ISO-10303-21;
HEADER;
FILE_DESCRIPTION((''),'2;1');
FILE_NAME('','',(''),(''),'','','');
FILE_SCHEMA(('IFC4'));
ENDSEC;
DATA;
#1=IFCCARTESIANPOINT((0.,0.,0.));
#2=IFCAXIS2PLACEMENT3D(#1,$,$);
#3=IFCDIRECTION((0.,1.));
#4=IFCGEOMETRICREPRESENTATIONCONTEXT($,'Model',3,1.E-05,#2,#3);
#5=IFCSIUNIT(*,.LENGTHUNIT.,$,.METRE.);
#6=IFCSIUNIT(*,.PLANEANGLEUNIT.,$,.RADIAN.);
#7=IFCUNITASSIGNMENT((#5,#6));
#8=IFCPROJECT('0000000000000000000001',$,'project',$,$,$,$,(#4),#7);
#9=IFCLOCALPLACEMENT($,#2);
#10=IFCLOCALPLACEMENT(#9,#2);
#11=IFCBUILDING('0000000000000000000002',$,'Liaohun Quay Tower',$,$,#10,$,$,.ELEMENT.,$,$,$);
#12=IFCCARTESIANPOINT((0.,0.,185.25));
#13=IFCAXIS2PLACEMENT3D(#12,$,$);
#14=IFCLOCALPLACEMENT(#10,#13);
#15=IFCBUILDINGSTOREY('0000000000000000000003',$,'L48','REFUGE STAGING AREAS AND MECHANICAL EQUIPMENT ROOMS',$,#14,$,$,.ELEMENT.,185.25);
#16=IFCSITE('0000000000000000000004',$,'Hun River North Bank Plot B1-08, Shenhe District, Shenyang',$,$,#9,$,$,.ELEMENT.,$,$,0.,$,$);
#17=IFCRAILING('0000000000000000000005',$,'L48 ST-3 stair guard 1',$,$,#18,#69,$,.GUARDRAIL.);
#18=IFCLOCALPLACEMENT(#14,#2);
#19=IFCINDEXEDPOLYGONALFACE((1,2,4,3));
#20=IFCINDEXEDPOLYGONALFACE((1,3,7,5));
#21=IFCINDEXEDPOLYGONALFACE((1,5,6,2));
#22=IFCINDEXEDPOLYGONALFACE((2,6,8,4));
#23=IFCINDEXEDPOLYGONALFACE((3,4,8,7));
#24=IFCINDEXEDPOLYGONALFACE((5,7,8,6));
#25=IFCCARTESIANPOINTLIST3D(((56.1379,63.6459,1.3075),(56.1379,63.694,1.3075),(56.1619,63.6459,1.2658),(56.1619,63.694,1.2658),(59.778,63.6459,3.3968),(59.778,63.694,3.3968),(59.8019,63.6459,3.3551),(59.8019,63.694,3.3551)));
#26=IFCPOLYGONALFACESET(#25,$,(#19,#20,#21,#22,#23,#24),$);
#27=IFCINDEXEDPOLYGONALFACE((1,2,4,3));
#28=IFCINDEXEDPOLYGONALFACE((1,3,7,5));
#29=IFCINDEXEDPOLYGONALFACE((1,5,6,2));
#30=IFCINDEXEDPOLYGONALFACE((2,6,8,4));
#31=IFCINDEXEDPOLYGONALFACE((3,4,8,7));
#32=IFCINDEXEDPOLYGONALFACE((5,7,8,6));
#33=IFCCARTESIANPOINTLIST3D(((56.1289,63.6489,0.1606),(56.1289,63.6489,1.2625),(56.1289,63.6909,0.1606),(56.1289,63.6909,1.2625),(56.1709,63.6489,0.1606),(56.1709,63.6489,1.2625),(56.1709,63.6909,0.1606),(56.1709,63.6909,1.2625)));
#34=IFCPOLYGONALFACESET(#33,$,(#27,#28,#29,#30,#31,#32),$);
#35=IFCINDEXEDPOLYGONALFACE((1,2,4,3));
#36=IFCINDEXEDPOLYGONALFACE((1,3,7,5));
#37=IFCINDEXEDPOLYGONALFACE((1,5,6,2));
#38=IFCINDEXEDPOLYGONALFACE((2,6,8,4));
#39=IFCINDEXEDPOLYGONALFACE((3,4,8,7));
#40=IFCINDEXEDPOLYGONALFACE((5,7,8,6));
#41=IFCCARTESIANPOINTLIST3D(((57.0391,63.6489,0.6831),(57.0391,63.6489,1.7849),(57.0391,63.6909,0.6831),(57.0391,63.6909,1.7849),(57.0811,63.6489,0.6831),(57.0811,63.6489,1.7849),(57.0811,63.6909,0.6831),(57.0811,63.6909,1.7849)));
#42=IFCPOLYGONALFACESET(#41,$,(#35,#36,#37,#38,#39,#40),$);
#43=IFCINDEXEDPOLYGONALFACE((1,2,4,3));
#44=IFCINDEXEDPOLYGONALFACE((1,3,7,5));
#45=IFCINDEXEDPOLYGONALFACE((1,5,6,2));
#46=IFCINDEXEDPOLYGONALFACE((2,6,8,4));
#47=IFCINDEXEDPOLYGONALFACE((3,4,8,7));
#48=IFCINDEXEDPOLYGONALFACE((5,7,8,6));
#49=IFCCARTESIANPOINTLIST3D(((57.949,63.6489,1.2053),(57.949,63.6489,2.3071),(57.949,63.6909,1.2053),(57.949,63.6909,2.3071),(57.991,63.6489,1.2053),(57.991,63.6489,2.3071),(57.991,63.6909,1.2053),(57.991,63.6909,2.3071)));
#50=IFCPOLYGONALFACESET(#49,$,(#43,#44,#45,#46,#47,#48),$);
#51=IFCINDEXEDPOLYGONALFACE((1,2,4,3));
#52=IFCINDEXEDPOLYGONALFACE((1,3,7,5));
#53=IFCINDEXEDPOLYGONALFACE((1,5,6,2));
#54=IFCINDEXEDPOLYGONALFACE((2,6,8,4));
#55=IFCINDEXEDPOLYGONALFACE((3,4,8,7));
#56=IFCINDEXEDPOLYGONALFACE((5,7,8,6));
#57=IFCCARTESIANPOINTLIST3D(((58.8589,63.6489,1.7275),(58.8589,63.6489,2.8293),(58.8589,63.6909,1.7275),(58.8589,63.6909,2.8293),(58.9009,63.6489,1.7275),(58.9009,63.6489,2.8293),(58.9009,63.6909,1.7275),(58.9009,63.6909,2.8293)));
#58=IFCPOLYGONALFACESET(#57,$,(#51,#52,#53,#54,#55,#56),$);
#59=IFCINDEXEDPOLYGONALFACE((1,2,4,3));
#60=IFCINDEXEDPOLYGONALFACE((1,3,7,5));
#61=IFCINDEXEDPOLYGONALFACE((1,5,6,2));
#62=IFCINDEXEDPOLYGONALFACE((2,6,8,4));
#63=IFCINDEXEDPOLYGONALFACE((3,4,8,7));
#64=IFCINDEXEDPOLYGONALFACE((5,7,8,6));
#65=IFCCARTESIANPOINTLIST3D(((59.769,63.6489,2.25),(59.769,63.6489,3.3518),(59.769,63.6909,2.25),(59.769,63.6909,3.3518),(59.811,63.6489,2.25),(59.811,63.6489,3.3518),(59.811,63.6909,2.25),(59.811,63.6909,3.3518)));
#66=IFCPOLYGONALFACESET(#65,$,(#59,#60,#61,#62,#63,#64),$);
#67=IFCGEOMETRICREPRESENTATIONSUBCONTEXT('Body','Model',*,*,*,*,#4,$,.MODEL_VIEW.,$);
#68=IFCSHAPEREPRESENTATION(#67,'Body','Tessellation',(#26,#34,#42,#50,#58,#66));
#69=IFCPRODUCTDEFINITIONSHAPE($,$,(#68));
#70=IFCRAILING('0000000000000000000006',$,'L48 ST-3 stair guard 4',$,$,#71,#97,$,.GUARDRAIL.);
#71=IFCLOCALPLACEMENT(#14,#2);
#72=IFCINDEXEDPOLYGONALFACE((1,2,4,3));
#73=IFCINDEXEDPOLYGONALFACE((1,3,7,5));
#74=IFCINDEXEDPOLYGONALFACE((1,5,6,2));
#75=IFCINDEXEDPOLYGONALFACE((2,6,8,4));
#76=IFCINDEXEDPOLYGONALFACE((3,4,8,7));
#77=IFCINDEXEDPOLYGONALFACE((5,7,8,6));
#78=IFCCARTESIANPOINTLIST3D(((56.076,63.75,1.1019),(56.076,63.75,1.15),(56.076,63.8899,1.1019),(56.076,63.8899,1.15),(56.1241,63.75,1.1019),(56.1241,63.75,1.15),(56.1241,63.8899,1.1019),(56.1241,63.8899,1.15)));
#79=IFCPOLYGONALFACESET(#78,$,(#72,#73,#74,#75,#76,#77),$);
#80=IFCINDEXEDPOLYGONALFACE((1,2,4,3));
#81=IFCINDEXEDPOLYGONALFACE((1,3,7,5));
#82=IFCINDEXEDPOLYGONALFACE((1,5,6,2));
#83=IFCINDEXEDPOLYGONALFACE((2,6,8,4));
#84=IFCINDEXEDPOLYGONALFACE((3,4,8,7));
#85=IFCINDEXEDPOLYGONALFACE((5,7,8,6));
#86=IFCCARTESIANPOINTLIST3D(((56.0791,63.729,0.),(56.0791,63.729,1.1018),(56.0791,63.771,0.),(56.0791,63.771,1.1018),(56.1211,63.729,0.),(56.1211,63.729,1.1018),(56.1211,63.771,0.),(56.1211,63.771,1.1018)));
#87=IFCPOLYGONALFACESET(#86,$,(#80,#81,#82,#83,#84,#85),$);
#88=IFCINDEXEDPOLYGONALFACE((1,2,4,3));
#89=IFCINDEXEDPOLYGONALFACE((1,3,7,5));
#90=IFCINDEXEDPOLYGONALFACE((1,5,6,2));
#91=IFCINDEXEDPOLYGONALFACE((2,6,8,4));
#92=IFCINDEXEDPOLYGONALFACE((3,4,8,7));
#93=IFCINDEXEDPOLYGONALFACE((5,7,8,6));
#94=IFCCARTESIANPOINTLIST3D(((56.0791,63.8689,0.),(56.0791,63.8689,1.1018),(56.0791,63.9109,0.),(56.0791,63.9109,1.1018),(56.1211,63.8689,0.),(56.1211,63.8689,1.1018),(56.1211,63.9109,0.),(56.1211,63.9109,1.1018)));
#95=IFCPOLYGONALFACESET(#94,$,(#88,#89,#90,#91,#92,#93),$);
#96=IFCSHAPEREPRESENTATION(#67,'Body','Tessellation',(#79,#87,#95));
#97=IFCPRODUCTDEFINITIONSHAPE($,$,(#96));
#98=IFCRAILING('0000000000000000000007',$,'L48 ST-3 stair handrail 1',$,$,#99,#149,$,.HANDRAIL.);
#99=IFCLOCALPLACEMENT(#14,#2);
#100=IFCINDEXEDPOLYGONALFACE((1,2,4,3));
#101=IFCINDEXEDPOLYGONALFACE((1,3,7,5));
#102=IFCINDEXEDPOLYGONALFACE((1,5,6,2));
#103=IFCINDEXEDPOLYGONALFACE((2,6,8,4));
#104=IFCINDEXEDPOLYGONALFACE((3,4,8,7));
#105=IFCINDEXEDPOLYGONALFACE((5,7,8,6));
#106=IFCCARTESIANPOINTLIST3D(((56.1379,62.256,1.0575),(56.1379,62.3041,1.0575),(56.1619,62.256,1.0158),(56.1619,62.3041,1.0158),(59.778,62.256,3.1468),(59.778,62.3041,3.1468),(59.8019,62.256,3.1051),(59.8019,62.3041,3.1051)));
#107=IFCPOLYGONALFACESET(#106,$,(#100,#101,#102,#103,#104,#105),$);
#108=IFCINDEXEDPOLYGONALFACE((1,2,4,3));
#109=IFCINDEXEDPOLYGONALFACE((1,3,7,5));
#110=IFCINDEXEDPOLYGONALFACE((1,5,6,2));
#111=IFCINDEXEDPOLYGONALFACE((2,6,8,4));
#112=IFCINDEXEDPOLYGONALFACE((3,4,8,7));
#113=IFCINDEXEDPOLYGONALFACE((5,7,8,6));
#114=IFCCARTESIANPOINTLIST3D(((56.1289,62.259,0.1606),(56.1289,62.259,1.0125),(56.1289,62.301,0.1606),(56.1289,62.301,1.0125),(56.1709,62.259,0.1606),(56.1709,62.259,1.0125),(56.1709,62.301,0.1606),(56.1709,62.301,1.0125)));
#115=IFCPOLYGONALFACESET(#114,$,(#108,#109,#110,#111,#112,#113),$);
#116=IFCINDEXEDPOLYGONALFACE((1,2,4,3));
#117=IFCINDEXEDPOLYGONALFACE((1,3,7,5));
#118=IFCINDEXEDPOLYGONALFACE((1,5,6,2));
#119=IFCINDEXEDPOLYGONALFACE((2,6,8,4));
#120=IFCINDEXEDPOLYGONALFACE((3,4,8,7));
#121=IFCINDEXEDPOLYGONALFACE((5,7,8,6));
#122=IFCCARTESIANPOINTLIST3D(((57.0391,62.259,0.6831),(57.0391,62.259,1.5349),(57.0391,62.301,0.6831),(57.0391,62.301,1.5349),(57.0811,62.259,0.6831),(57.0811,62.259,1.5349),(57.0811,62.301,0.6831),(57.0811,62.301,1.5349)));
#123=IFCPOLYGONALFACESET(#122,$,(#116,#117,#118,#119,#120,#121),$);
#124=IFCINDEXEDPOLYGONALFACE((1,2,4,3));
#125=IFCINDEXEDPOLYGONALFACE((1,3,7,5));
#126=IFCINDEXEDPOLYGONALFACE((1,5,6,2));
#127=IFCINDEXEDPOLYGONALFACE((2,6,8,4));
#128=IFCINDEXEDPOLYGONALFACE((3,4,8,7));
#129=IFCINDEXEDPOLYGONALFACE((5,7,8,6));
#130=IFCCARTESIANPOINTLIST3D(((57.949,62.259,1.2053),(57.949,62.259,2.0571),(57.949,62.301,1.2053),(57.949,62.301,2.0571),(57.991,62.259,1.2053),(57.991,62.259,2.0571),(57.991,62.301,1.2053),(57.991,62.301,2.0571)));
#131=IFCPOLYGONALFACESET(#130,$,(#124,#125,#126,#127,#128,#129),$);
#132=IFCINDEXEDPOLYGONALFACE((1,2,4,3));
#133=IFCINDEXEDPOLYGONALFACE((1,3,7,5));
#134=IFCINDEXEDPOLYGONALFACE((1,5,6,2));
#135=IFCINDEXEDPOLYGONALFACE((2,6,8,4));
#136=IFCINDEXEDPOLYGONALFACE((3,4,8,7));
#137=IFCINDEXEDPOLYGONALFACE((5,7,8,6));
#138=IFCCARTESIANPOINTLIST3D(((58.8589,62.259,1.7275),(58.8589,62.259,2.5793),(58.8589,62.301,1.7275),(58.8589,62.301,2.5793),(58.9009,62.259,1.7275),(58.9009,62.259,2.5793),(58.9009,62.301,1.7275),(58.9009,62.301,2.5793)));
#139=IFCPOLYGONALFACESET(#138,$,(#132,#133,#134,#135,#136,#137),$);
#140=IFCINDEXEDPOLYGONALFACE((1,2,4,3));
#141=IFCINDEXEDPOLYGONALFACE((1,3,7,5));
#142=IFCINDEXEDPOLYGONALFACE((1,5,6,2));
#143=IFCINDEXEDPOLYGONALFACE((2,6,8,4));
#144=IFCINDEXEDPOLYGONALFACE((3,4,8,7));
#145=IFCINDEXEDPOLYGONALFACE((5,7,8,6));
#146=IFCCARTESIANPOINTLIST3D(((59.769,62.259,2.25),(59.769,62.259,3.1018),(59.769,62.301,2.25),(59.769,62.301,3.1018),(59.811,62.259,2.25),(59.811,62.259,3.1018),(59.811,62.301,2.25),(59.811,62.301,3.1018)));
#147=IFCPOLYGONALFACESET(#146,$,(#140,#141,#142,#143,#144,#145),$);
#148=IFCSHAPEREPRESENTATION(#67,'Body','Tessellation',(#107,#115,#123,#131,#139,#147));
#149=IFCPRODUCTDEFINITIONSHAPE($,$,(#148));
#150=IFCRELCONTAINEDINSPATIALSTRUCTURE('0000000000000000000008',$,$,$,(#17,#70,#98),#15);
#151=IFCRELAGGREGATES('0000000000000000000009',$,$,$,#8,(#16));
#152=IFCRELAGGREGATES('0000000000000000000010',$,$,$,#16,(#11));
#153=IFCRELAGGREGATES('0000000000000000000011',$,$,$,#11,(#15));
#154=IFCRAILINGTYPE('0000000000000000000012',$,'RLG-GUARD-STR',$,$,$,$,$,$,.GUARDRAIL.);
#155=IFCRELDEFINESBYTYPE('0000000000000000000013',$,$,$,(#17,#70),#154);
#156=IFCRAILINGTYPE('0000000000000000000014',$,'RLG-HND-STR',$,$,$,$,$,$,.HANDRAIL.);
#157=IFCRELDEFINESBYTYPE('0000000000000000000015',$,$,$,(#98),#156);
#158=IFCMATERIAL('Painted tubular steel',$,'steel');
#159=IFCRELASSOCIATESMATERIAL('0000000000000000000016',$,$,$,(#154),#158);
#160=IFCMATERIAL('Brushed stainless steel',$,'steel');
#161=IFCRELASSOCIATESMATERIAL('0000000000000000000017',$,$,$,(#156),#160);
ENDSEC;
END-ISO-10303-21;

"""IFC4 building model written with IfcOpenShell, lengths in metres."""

from ifc_helpers import new_model, si_unit, direction, frame, origin, origin_2d, place, context, subcontext, project, spatial, rectangle, extrude, material, type_object, element, save


model = new_model("IFC4")

# Units and contexts
model_context = context("Model", 3, precision=1e-05, world=origin(), true_north=direction((0.0, 1.0)))
body_context = subcontext(model_context, "Body", "Model", "MODEL_VIEW")
ifc_project = project(units=[si_unit("LENGTHUNIT", "METRE"), si_unit("PLANEANGLEUNIT", "RADIAN")], contexts=[model_context])

# Site, building, storey
site_placement = place(None, origin())
site = spatial("IfcSite", under=ifc_project, at=site_placement, Name="Hun River North Bank Plot B1-08, Shenhe District, Shenyang", CompositionType="ELEMENT", RefElevation=0.0)
building_placement = place(site_placement, origin())
building = spatial("IfcBuilding", under=site, at=building_placement, Name="Liaohun Quay Tower", CompositionType="ELEMENT")
storey_placement = place(building_placement, frame((0.0, 0.0, 185.25)))
storey = spatial("IfcBuildingStorey", under=building, at=storey_placement, Name="L48", Description="REFUGE STAGING AREAS AND MECHANICAL EQUIPMENT ROOMS", CompositionType="ELEMENT", Elevation=185.25)

# Railings
ifc_material_1 = material(Name="Painted tubular steel", Category="steel")
railing_type_1 = type_object("IfcRailingType", Name="RLG-GUARD-STR", PredefinedType="GUARDRAIL", material=ifc_material_1)
railing_1_placement = place(storey_placement, frame((56.1499, 63.6699, 0.1606)))
element("IfcRailing", 1, at=railing_1_placement, inside=storey, type_object=railing_type_1, Name="L48 ST-3 stair guard 1", PredefinedType="GUARDRAIL", context=body_context, shape_type="SweptSolid", body=[
    extrude(rectangle(XDim=0.0481, YDim=0.0481, at=origin_2d()), frame((0.0, 0.0, 1.126), z_axis=(0.867289, 0.0, 0.497804), x_axis=(0.0, 1.0, 0.0)), (0.0, 0.0, 1.0), 4.197),
    extrude(rectangle(XDim=0.042, YDim=0.042, at=origin_2d()), origin(), (0.0, 0.0, 1.0), 1.1018),
    extrude(rectangle(XDim=0.042, YDim=0.042, at=origin_2d()), frame((0.9102, 0.0, 0.5225)), (0.0, 0.0, 1.0), 1.1018),
    extrude(rectangle(XDim=0.042, YDim=0.042, at=origin_2d()), frame((1.8201, 0.0, 1.0447)), (0.0, 0.0, 1.0), 1.1018),
    extrude(rectangle(XDim=0.042, YDim=0.042, at=origin_2d()), frame((2.73, 0.0, 1.5669)), (0.0, 0.0, 1.0), 1.1018),
    extrude(rectangle(XDim=0.042, YDim=0.042, at=origin_2d()), frame((3.6401, 0.0, 2.0894)), (0.0, 0.0, 1.0), 1.1018),
])
railing_2_placement = place(storey_placement, frame((56.1001, 63.75, 0.0)))
element("IfcRailing", 2, at=railing_2_placement, inside=storey, type_object=railing_type_1, Name="L48 ST-3 stair guard 4", PredefinedType="GUARDRAIL", context=body_context, shape_type="SweptSolid", body=[
    extrude(rectangle(XDim=0.0481, YDim=0.0481, at=origin_2d()), frame((0.0, 0.0, 1.126), z_axis=(0.0, 1.0, 0.0), x_axis=(-1.0, 0.0, 0.0)), (0.0, 0.0, 1.0), 0.1399),
    extrude(rectangle(XDim=0.042, YDim=0.042, at=origin_2d()), origin(), (0.0, 0.0, 1.0), 1.1018),
    extrude(rectangle(XDim=0.042, YDim=0.042, at=origin_2d()), frame((0.0, 0.1399, 0.0)), (0.0, 0.0, 1.0), 1.1018),
])
ifc_material_2 = material(Name="Brushed stainless steel", Category="steel")
railing_type_2 = type_object("IfcRailingType", Name="RLG-HND-STR", PredefinedType="HANDRAIL", material=ifc_material_2)
railing_3_placement = place(storey_placement, frame((56.1499, 62.28, 0.1606)))
element("IfcRailing", 3, at=railing_3_placement, inside=storey, type_object=railing_type_2, Name="L48 ST-3 stair handrail 1", PredefinedType="HANDRAIL", context=body_context, shape_type="SweptSolid", body=[
    extrude(rectangle(XDim=0.0481, YDim=0.0481, at=origin_2d()), frame((0.0, 0.0, 0.876), z_axis=(0.867289, 0.0, 0.497804), x_axis=(0.0, 1.0, 0.0)), (0.0, 0.0, 1.0), 4.197),
    extrude(rectangle(XDim=0.042, YDim=0.042, at=origin_2d()), origin(), (0.0, 0.0, 1.0), 0.8518),
    extrude(rectangle(XDim=0.042, YDim=0.042, at=origin_2d()), frame((0.9102, 0.0, 0.5225)), (0.0, 0.0, 1.0), 0.8518),
    extrude(rectangle(XDim=0.042, YDim=0.042, at=origin_2d()), frame((1.8201, 0.0, 1.0447)), (0.0, 0.0, 1.0), 0.8518),
    extrude(rectangle(XDim=0.042, YDim=0.042, at=origin_2d()), frame((2.73, 0.0, 1.5669)), (0.0, 0.0, 1.0), 0.8518),
    extrude(rectangle(XDim=0.042, YDim=0.042, at=origin_2d()), frame((3.6401, 0.0, 2.0894)), (0.0, 0.0, 1.0), 0.8518),
])

save(model, "model.ifc")
